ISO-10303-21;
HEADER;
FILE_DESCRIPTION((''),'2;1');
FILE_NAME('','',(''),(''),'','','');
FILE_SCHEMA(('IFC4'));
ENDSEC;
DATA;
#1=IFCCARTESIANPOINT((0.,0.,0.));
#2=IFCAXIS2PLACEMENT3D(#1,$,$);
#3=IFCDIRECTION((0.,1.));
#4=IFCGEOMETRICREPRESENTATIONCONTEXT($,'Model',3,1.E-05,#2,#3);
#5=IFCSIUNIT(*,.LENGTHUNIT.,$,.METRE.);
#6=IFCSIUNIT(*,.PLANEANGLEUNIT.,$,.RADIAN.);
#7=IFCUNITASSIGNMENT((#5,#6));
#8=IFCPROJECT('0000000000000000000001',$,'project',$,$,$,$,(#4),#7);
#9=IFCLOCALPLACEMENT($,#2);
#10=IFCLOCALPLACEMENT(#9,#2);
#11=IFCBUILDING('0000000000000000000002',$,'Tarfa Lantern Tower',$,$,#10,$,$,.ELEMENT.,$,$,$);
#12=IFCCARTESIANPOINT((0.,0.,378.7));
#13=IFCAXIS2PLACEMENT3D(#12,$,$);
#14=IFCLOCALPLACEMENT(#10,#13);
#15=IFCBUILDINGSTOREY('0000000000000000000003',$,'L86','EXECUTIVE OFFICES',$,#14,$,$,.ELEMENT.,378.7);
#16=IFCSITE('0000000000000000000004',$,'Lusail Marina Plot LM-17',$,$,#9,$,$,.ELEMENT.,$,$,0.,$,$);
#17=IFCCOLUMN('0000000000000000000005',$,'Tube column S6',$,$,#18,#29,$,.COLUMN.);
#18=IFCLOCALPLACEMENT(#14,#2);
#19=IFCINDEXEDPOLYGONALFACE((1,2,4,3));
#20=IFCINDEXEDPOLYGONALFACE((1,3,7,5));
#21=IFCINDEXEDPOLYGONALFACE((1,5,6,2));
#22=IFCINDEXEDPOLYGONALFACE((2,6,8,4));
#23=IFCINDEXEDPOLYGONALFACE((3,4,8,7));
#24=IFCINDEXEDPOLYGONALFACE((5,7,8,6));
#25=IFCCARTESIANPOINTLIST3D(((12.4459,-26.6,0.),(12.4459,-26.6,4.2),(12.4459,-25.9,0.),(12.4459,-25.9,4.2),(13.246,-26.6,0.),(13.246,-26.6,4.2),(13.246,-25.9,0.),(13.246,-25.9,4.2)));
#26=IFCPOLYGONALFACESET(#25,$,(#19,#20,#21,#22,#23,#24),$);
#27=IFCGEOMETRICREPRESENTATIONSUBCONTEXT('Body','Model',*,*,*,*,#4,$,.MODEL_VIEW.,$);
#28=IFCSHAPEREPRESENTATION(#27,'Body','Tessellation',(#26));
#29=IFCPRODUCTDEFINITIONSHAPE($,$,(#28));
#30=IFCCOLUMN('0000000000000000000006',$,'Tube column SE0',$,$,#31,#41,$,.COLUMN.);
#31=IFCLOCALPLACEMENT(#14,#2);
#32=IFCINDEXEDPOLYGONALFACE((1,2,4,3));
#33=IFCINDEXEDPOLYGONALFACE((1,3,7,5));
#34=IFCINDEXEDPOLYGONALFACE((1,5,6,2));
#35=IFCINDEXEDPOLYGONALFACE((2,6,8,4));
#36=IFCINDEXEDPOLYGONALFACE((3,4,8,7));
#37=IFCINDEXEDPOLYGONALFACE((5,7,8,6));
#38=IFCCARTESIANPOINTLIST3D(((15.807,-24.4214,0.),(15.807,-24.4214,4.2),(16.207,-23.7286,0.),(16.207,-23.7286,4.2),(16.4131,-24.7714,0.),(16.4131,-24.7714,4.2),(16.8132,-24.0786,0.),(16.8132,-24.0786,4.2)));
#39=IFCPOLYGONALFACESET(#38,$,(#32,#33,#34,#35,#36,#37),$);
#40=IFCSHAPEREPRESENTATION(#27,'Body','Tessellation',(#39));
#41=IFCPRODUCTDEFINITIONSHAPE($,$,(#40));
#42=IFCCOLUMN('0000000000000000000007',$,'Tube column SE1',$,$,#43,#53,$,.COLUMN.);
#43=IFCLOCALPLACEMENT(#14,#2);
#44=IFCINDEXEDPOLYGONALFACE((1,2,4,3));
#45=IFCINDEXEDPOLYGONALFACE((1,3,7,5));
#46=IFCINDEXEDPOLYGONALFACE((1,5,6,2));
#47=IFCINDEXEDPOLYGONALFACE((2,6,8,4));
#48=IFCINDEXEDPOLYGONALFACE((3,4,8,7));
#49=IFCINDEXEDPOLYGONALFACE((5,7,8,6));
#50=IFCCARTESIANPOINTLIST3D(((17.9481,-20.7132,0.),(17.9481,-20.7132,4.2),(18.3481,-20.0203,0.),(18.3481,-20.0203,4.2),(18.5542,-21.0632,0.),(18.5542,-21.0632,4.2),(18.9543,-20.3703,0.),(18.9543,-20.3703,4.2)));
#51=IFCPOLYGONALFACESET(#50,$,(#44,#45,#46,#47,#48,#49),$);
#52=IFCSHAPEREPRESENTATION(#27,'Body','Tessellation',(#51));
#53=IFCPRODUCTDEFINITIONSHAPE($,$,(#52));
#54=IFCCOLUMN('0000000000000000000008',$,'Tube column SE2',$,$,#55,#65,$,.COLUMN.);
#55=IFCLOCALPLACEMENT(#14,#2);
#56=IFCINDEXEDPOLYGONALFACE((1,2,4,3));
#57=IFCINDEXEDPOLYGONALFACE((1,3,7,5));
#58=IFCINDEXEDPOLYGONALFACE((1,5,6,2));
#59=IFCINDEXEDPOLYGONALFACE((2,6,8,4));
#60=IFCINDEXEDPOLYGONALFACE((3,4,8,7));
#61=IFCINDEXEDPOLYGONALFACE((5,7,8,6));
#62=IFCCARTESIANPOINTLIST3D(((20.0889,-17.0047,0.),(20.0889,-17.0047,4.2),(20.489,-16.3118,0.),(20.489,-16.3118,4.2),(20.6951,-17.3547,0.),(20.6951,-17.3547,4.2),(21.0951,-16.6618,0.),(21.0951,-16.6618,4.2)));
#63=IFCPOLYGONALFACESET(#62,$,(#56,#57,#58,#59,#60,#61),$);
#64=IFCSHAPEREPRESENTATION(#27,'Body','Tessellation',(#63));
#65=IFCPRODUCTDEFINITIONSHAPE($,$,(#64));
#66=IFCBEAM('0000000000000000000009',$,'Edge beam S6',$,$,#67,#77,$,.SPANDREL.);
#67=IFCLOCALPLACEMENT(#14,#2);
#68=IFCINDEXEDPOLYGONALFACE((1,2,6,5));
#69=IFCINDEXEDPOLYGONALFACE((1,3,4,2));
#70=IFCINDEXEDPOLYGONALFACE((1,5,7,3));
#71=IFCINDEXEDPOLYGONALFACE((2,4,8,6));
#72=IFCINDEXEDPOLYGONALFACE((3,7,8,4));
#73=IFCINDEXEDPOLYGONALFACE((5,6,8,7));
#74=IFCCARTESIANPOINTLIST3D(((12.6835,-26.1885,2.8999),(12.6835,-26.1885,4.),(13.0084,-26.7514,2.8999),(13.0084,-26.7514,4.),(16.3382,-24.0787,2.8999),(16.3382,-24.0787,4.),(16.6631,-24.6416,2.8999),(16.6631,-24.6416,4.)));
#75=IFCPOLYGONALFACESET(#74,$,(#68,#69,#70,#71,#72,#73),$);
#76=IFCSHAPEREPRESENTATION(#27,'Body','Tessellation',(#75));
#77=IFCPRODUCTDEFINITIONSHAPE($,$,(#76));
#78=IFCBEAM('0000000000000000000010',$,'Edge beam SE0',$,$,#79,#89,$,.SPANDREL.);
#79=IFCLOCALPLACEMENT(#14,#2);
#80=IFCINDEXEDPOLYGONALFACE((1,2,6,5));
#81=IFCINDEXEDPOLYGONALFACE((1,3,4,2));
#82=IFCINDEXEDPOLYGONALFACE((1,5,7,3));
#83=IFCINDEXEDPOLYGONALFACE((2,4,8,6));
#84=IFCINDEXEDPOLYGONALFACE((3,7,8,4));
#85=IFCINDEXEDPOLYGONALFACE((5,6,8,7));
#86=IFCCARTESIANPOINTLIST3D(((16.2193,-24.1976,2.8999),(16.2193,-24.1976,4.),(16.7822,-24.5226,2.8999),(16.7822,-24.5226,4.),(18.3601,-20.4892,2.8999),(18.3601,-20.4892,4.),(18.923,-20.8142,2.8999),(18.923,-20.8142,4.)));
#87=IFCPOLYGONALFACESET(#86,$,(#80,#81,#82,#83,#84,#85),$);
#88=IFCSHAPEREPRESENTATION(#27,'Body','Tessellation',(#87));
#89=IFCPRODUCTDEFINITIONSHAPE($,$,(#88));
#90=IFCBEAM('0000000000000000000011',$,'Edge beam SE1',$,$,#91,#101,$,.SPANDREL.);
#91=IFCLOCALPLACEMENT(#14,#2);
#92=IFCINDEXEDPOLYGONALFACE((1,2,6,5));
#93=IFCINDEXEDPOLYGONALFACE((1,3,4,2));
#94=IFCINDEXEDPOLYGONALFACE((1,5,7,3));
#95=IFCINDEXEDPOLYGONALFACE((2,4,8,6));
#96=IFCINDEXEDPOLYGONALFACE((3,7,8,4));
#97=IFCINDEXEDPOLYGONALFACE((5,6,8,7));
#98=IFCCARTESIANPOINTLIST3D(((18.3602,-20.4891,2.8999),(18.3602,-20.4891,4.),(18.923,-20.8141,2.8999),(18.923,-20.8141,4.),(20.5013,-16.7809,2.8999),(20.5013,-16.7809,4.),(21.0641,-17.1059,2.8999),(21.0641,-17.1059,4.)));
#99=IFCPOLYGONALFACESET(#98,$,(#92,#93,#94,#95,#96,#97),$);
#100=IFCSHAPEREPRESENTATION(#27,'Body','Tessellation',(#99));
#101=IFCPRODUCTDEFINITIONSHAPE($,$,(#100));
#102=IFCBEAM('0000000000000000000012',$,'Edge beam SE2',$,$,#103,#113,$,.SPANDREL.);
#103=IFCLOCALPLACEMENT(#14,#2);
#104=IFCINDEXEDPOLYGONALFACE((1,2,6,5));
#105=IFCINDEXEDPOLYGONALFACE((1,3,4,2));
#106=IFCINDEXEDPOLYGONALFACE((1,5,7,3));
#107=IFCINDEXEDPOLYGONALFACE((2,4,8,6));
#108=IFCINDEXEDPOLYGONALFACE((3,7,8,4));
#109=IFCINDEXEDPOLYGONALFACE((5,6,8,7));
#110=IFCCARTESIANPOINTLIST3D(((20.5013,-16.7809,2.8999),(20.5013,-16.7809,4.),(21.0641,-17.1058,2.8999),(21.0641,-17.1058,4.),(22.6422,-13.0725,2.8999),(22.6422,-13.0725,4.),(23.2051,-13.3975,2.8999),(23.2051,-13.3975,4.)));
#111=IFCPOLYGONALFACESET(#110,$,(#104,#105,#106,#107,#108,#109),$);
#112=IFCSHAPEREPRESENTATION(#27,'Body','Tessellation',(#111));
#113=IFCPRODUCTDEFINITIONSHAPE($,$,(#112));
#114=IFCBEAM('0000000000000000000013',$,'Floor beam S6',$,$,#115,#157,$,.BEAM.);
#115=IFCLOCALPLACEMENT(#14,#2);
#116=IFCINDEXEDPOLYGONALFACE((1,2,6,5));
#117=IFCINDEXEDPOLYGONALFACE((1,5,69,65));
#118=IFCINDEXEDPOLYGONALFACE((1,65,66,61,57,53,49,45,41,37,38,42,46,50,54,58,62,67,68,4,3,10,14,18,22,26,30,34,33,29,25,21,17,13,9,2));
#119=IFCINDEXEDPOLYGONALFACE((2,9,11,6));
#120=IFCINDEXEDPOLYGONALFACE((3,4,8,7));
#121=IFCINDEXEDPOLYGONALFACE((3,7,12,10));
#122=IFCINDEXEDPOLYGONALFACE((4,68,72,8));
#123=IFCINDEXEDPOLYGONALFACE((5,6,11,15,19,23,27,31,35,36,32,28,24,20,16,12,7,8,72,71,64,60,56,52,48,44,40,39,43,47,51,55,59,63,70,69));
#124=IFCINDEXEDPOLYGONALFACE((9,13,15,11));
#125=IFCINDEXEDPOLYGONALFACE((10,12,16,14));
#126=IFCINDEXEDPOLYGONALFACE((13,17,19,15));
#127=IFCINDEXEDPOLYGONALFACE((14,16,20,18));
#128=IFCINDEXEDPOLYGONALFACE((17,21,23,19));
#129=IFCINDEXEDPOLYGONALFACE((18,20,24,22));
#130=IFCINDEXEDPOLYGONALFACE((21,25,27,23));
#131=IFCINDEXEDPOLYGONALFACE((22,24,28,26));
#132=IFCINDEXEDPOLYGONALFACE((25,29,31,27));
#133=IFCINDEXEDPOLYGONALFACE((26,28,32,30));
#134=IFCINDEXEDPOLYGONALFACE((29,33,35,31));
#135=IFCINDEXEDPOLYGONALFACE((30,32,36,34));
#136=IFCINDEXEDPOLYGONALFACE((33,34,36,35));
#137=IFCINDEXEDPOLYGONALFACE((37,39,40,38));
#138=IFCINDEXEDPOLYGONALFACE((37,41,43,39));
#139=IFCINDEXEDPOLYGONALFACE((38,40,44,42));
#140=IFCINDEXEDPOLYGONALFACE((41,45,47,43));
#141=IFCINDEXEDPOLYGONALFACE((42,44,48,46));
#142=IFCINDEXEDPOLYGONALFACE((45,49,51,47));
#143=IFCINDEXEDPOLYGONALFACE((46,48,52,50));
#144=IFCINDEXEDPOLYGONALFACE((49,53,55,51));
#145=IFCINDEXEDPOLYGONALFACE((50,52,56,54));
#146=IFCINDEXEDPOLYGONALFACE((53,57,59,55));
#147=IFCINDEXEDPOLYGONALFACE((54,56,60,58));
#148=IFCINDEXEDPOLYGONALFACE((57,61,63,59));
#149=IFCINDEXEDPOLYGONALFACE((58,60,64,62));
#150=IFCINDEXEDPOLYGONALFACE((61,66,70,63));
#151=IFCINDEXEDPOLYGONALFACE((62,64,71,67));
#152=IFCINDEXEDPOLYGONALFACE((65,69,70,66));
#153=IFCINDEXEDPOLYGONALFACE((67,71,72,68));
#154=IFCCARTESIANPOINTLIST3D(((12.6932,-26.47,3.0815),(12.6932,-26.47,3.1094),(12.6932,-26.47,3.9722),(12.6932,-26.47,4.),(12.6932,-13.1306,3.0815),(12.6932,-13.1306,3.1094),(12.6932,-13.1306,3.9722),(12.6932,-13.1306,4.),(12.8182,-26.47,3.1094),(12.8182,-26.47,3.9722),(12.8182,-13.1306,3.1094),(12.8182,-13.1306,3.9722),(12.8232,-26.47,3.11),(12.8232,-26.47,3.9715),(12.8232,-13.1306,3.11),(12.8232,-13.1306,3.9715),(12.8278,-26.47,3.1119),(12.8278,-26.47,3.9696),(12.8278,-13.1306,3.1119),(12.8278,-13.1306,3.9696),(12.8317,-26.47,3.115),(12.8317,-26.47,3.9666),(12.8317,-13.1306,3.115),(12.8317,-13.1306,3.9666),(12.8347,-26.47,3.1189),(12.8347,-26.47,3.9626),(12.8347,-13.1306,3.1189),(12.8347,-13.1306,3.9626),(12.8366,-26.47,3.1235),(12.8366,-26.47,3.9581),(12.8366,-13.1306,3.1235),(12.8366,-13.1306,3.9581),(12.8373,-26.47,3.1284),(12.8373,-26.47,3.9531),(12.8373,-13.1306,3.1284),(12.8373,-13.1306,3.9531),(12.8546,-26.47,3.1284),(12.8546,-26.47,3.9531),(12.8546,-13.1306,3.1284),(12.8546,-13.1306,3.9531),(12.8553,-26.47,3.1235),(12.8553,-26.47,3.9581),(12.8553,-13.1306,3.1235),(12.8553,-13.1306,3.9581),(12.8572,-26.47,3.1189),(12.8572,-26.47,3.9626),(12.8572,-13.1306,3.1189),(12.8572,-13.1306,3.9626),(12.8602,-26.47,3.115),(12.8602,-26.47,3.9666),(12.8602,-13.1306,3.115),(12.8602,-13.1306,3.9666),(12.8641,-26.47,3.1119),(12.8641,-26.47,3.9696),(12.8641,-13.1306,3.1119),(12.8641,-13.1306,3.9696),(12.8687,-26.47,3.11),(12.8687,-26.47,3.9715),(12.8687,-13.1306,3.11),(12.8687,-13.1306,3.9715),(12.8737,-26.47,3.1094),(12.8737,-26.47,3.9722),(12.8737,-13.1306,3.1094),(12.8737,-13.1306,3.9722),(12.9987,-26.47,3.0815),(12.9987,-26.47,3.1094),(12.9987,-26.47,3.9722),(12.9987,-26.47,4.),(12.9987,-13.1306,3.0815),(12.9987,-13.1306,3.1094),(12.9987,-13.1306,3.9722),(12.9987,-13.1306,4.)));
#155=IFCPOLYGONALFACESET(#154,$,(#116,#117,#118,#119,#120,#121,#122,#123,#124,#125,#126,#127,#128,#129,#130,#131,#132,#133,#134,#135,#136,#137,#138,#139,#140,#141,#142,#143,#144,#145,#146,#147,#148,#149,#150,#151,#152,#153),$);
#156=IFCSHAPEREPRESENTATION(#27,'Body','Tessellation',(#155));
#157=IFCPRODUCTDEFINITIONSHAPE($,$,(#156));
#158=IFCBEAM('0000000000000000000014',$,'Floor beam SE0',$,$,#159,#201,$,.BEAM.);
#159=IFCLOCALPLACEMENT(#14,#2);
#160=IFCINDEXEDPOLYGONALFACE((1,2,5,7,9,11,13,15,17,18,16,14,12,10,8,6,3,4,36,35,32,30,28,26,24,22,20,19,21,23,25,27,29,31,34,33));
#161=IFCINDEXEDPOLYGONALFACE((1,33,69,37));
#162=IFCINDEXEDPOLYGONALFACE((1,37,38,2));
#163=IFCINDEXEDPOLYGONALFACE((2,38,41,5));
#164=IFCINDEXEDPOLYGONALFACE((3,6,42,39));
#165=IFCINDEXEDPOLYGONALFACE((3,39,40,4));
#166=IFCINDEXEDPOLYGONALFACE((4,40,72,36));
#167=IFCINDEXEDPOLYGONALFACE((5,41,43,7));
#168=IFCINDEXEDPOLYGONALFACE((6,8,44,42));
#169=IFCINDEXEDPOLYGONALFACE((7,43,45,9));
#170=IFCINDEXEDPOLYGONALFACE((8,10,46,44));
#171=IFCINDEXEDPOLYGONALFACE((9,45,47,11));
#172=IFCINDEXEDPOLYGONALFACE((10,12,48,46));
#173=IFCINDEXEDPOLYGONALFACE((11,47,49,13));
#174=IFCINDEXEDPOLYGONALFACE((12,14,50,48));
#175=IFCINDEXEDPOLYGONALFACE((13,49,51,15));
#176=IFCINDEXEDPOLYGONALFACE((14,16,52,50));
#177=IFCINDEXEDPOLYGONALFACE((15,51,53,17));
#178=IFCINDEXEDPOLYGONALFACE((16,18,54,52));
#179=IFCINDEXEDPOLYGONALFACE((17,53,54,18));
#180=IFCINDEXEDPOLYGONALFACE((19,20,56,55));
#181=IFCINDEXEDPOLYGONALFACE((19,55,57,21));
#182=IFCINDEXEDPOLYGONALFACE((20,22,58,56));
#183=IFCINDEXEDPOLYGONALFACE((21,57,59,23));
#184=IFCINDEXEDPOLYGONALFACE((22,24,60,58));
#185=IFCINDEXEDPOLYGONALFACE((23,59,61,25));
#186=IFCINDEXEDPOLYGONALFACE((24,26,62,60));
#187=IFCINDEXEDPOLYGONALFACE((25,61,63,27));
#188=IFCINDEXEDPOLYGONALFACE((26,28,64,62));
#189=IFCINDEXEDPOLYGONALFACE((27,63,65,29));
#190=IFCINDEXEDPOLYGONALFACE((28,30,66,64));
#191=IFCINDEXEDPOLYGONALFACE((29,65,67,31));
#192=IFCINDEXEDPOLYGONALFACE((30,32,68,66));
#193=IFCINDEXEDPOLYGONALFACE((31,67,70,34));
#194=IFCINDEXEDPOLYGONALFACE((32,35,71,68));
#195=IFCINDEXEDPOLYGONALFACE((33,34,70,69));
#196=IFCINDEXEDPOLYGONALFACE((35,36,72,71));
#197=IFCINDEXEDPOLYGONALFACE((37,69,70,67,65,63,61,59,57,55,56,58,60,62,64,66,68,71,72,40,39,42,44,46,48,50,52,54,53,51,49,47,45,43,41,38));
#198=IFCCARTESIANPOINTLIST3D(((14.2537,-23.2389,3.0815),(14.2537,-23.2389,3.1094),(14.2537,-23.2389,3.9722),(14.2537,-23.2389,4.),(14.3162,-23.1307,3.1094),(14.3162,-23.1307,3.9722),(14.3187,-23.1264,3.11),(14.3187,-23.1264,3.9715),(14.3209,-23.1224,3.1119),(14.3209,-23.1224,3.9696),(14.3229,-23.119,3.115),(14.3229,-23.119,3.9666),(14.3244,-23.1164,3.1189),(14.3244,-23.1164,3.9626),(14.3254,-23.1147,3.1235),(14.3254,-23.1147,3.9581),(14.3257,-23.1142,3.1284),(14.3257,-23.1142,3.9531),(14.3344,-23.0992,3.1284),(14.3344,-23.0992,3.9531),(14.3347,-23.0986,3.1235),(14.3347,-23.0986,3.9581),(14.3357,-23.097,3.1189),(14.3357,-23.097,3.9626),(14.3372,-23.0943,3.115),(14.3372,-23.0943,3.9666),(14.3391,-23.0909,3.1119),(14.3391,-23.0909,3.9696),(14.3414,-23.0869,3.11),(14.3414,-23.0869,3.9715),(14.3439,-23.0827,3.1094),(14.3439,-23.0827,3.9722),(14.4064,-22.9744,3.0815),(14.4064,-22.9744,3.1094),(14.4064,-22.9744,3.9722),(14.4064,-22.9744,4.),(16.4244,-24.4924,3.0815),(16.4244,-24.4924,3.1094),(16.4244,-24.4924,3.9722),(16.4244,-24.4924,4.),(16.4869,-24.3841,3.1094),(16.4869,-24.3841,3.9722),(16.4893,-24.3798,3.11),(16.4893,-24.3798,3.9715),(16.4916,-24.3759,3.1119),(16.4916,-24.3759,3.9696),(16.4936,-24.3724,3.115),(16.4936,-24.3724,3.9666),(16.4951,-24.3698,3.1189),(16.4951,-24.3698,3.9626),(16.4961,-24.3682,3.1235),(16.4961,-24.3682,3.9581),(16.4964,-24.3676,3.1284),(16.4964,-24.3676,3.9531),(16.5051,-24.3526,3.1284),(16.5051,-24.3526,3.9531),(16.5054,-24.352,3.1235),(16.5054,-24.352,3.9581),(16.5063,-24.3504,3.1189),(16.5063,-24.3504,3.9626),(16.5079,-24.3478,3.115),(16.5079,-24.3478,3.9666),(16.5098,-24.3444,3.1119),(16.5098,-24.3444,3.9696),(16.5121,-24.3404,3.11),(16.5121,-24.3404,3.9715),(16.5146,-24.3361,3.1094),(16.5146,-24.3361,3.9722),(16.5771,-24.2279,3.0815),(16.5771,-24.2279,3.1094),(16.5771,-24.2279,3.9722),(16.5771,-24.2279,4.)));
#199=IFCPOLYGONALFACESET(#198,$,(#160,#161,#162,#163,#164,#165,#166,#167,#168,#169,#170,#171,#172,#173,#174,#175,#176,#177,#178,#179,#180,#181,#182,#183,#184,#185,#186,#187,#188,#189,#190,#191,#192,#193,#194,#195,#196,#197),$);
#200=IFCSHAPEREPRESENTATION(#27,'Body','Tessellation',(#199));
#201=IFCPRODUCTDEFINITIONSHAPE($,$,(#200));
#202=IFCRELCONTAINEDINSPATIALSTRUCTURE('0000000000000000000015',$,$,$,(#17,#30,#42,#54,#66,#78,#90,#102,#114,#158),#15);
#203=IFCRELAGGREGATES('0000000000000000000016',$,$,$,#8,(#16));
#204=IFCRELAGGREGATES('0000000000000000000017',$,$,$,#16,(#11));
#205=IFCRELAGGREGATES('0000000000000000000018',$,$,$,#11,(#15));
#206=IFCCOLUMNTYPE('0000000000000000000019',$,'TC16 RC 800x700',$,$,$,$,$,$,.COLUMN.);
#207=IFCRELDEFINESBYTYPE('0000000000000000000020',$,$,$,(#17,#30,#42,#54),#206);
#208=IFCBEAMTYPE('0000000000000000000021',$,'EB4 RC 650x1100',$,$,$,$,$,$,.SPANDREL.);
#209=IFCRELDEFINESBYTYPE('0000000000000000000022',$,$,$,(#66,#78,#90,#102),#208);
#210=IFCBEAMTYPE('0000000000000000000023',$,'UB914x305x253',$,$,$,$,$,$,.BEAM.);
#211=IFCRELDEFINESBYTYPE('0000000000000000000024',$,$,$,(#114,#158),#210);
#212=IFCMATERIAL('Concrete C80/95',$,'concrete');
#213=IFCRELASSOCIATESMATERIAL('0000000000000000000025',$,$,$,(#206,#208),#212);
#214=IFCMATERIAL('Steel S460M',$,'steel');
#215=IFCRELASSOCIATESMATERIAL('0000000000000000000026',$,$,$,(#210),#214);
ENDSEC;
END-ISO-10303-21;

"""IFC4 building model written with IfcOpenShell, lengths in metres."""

from ifc_helpers import new_model, si_unit, direction, frame, origin, origin_2d, place, context, subcontext, project, spatial, rectangle, i_section, extrude, material, material_profile, profile_set, type_object, element, save


model = new_model("IFC4")

# Units and contexts
model_context = context("Model", 3, precision=1e-05, world=origin(), true_north=direction((0.0, 1.0)))
body_context = subcontext(model_context, "Body", "Model", "MODEL_VIEW")
ifc_project = project(units=[si_unit("LENGTHUNIT", "METRE"), si_unit("PLANEANGLEUNIT", "RADIAN")], contexts=[model_context])

# Site, building, storey
site_placement = place(None, origin())
site = spatial("IfcSite", under=ifc_project, at=site_placement, Name="Lusail Marina Plot LM-17", CompositionType="ELEMENT", RefElevation=0.0)
building_placement = place(site_placement, origin())
building = spatial("IfcBuilding", under=site, at=building_placement, Name="Tarfa Lantern Tower", CompositionType="ELEMENT")
storey_placement = place(building_placement, frame((0.0, 0.0, 378.7)))
storey = spatial("IfcBuildingStorey", under=building, at=storey_placement, Name="L86", Description="EXECUTIVE OFFICES", CompositionType="ELEMENT", Elevation=378.7)

# Columns
ifc_material_1 = material(Name="Concrete C80/95", Category="concrete")
ifc_material_profile_1 = material_profile(ifc_material_1, rectangle(XDim=0.8, YDim=0.7, at=origin_2d()), Name="RC 800x700")
ifc_profile_set_1 = profile_set([ifc_material_profile_1], Name="Concrete C80/95")
column_type = type_object("IfcColumnType", Name="TC16 RC 800x700", PredefinedType="COLUMN", material=ifc_profile_set_1)
for number, where, z_axis, x_axis, name in (
    (1, (12.8459, -26.25, 0.0), (0.0, 0.0, 1.0), (1.0, 0.0, 0.0), "Tube column S6"),
    (2, (16.3101, -24.25, 0.0), (0.0, 0.0, 1.0), (0.5, 0.866025, 0.0), "Tube column SE0"),
    (3, (18.4512, -20.5417, 0.0), (0.0, 0.0, 1.0), (0.5, 0.866025, 0.0), "Tube column SE1"),
    (4, (20.592, -16.8333, 0.0), (0.0, 0.0, 1.0), (0.5, 0.866025, 0.0), "Tube column SE2"),
):
    element("IfcColumn", number, at=place(storey_placement, frame(where, z_axis=z_axis, x_axis=x_axis)), inside=storey, type_object=column_type, Name=name, PredefinedType="COLUMN", context=body_context, shape_type="SweptSolid", body=[
        extrude(rectangle(XDim=0.8, YDim=0.7, at=origin_2d()), origin(), (0.0, 0.0, 1.0), 4.2),
    ])

# Beams
ifc_material_profile_2 = material_profile(ifc_material_1, rectangle(XDim=0.6499, YDim=1.1001, at=origin_2d()), Name="RC 650x1100")
ifc_profile_set_2 = profile_set([ifc_material_profile_2], Name="Concrete C80/95")
beam_type_1 = type_object("IfcBeamType", Name="EB4 RC 650x1100", PredefinedType="SPANDREL", material=ifc_profile_set_2)
beam_1_placement = place(storey_placement, frame((12.8459, -26.47, 3.45), z_axis=(0.866049, 0.499959, 0.0), x_axis=(-0.499959, 0.866049, 0.0)))
element("IfcBeam", 5, at=beam_1_placement, inside=storey, type_object=beam_type_1, Name="Edge beam S6", PredefinedType="SPANDREL", context=body_context, shape_type="SweptSolid", body=[
    extrude(rectangle(XDim=0.6499, YDim=1.1001, at=origin_2d()), origin(), (0.0, 0.0, 1.0), 4.22),
])
for number, where, z_axis, x_axis, name in (
    (6, (16.5007, -24.3601, 3.45), (0.499959, 0.866049, 0.0), (-0.866049, 0.499959, 0.0), "Edge beam SE0"),
    (7, (18.6416, -20.6516, 3.45), (0.500027, 0.86601, 0.0), (-0.86601, 0.500027, 0.0), "Edge beam SE1"),
    (8, (20.7827, -16.9434, 3.45), (0.499984, 0.866035, 0.0), (-0.866035, 0.499984, 0.0), "Edge beam SE2"),
):
    element("IfcBeam", number, at=place(storey_placement, frame(where, z_axis=z_axis, x_axis=x_axis)), inside=storey, type_object=beam_type_1, Name=name, PredefinedType="SPANDREL", context=body_context, shape_type="SweptSolid", body=[
        extrude(rectangle(XDim=0.6499, YDim=1.1001, at=origin_2d()), origin(), (0.0, 0.0, 1.0), 4.282),
    ])
ifc_material_2 = material(Name="Steel S460M", Category="steel")
ifc_material_profile_3 = material_profile(ifc_material_2, i_section(OverallWidth=0.3054, OverallDepth=0.9185, WebThickness=0.0173, FlangeThickness=0.0278, FilletRadius=0.019, at=origin_2d()), Name="UB914x305x253")
ifc_profile_set_3 = profile_set([ifc_material_profile_3], Name="Steel S460M")
beam_type_2 = type_object("IfcBeamType", Name="UB914x305x253", PredefinedType="BEAM", material=ifc_profile_set_3)
beam_2_placement = place(storey_placement, frame((12.8459, -26.47, 3.5408), z_axis=(0.0, 1.0, 0.0), x_axis=(-1.0, 0.0, 0.0)))
element("IfcBeam", 9, at=beam_2_placement, inside=storey, type_object=beam_type_2, Name="Floor beam S6", PredefinedType="BEAM", context=body_context, shape_type="SweptSolid", body=[
    extrude(i_section(OverallWidth=0.3054, OverallDepth=0.9185, WebThickness=0.0173, FlangeThickness=0.0278, FilletRadius=0.019, at=origin_2d()), origin(), (0.0, 0.0, 1.0), 13.3394),
])
beam_3_placement = place(storey_placement, frame((16.5007, -24.3601, 3.5408), z_axis=(-0.865993, 0.500057, 0.0), x_axis=(-0.500057, -0.865993, 0.0)))
element("IfcBeam", 10, at=beam_3_placement, inside=storey, type_object=beam_type_2, Name="Floor beam SE0", PredefinedType="BEAM", context=body_context, shape_type="SweptSolid", body=[
    extrude(i_section(OverallWidth=0.3054, OverallDepth=0.9185, WebThickness=0.0173, FlangeThickness=0.0278, FilletRadius=0.019, at=origin_2d()), origin(), (0.0, 0.0, 1.0), 2.5066),
])

save(model, "model.ifc")
